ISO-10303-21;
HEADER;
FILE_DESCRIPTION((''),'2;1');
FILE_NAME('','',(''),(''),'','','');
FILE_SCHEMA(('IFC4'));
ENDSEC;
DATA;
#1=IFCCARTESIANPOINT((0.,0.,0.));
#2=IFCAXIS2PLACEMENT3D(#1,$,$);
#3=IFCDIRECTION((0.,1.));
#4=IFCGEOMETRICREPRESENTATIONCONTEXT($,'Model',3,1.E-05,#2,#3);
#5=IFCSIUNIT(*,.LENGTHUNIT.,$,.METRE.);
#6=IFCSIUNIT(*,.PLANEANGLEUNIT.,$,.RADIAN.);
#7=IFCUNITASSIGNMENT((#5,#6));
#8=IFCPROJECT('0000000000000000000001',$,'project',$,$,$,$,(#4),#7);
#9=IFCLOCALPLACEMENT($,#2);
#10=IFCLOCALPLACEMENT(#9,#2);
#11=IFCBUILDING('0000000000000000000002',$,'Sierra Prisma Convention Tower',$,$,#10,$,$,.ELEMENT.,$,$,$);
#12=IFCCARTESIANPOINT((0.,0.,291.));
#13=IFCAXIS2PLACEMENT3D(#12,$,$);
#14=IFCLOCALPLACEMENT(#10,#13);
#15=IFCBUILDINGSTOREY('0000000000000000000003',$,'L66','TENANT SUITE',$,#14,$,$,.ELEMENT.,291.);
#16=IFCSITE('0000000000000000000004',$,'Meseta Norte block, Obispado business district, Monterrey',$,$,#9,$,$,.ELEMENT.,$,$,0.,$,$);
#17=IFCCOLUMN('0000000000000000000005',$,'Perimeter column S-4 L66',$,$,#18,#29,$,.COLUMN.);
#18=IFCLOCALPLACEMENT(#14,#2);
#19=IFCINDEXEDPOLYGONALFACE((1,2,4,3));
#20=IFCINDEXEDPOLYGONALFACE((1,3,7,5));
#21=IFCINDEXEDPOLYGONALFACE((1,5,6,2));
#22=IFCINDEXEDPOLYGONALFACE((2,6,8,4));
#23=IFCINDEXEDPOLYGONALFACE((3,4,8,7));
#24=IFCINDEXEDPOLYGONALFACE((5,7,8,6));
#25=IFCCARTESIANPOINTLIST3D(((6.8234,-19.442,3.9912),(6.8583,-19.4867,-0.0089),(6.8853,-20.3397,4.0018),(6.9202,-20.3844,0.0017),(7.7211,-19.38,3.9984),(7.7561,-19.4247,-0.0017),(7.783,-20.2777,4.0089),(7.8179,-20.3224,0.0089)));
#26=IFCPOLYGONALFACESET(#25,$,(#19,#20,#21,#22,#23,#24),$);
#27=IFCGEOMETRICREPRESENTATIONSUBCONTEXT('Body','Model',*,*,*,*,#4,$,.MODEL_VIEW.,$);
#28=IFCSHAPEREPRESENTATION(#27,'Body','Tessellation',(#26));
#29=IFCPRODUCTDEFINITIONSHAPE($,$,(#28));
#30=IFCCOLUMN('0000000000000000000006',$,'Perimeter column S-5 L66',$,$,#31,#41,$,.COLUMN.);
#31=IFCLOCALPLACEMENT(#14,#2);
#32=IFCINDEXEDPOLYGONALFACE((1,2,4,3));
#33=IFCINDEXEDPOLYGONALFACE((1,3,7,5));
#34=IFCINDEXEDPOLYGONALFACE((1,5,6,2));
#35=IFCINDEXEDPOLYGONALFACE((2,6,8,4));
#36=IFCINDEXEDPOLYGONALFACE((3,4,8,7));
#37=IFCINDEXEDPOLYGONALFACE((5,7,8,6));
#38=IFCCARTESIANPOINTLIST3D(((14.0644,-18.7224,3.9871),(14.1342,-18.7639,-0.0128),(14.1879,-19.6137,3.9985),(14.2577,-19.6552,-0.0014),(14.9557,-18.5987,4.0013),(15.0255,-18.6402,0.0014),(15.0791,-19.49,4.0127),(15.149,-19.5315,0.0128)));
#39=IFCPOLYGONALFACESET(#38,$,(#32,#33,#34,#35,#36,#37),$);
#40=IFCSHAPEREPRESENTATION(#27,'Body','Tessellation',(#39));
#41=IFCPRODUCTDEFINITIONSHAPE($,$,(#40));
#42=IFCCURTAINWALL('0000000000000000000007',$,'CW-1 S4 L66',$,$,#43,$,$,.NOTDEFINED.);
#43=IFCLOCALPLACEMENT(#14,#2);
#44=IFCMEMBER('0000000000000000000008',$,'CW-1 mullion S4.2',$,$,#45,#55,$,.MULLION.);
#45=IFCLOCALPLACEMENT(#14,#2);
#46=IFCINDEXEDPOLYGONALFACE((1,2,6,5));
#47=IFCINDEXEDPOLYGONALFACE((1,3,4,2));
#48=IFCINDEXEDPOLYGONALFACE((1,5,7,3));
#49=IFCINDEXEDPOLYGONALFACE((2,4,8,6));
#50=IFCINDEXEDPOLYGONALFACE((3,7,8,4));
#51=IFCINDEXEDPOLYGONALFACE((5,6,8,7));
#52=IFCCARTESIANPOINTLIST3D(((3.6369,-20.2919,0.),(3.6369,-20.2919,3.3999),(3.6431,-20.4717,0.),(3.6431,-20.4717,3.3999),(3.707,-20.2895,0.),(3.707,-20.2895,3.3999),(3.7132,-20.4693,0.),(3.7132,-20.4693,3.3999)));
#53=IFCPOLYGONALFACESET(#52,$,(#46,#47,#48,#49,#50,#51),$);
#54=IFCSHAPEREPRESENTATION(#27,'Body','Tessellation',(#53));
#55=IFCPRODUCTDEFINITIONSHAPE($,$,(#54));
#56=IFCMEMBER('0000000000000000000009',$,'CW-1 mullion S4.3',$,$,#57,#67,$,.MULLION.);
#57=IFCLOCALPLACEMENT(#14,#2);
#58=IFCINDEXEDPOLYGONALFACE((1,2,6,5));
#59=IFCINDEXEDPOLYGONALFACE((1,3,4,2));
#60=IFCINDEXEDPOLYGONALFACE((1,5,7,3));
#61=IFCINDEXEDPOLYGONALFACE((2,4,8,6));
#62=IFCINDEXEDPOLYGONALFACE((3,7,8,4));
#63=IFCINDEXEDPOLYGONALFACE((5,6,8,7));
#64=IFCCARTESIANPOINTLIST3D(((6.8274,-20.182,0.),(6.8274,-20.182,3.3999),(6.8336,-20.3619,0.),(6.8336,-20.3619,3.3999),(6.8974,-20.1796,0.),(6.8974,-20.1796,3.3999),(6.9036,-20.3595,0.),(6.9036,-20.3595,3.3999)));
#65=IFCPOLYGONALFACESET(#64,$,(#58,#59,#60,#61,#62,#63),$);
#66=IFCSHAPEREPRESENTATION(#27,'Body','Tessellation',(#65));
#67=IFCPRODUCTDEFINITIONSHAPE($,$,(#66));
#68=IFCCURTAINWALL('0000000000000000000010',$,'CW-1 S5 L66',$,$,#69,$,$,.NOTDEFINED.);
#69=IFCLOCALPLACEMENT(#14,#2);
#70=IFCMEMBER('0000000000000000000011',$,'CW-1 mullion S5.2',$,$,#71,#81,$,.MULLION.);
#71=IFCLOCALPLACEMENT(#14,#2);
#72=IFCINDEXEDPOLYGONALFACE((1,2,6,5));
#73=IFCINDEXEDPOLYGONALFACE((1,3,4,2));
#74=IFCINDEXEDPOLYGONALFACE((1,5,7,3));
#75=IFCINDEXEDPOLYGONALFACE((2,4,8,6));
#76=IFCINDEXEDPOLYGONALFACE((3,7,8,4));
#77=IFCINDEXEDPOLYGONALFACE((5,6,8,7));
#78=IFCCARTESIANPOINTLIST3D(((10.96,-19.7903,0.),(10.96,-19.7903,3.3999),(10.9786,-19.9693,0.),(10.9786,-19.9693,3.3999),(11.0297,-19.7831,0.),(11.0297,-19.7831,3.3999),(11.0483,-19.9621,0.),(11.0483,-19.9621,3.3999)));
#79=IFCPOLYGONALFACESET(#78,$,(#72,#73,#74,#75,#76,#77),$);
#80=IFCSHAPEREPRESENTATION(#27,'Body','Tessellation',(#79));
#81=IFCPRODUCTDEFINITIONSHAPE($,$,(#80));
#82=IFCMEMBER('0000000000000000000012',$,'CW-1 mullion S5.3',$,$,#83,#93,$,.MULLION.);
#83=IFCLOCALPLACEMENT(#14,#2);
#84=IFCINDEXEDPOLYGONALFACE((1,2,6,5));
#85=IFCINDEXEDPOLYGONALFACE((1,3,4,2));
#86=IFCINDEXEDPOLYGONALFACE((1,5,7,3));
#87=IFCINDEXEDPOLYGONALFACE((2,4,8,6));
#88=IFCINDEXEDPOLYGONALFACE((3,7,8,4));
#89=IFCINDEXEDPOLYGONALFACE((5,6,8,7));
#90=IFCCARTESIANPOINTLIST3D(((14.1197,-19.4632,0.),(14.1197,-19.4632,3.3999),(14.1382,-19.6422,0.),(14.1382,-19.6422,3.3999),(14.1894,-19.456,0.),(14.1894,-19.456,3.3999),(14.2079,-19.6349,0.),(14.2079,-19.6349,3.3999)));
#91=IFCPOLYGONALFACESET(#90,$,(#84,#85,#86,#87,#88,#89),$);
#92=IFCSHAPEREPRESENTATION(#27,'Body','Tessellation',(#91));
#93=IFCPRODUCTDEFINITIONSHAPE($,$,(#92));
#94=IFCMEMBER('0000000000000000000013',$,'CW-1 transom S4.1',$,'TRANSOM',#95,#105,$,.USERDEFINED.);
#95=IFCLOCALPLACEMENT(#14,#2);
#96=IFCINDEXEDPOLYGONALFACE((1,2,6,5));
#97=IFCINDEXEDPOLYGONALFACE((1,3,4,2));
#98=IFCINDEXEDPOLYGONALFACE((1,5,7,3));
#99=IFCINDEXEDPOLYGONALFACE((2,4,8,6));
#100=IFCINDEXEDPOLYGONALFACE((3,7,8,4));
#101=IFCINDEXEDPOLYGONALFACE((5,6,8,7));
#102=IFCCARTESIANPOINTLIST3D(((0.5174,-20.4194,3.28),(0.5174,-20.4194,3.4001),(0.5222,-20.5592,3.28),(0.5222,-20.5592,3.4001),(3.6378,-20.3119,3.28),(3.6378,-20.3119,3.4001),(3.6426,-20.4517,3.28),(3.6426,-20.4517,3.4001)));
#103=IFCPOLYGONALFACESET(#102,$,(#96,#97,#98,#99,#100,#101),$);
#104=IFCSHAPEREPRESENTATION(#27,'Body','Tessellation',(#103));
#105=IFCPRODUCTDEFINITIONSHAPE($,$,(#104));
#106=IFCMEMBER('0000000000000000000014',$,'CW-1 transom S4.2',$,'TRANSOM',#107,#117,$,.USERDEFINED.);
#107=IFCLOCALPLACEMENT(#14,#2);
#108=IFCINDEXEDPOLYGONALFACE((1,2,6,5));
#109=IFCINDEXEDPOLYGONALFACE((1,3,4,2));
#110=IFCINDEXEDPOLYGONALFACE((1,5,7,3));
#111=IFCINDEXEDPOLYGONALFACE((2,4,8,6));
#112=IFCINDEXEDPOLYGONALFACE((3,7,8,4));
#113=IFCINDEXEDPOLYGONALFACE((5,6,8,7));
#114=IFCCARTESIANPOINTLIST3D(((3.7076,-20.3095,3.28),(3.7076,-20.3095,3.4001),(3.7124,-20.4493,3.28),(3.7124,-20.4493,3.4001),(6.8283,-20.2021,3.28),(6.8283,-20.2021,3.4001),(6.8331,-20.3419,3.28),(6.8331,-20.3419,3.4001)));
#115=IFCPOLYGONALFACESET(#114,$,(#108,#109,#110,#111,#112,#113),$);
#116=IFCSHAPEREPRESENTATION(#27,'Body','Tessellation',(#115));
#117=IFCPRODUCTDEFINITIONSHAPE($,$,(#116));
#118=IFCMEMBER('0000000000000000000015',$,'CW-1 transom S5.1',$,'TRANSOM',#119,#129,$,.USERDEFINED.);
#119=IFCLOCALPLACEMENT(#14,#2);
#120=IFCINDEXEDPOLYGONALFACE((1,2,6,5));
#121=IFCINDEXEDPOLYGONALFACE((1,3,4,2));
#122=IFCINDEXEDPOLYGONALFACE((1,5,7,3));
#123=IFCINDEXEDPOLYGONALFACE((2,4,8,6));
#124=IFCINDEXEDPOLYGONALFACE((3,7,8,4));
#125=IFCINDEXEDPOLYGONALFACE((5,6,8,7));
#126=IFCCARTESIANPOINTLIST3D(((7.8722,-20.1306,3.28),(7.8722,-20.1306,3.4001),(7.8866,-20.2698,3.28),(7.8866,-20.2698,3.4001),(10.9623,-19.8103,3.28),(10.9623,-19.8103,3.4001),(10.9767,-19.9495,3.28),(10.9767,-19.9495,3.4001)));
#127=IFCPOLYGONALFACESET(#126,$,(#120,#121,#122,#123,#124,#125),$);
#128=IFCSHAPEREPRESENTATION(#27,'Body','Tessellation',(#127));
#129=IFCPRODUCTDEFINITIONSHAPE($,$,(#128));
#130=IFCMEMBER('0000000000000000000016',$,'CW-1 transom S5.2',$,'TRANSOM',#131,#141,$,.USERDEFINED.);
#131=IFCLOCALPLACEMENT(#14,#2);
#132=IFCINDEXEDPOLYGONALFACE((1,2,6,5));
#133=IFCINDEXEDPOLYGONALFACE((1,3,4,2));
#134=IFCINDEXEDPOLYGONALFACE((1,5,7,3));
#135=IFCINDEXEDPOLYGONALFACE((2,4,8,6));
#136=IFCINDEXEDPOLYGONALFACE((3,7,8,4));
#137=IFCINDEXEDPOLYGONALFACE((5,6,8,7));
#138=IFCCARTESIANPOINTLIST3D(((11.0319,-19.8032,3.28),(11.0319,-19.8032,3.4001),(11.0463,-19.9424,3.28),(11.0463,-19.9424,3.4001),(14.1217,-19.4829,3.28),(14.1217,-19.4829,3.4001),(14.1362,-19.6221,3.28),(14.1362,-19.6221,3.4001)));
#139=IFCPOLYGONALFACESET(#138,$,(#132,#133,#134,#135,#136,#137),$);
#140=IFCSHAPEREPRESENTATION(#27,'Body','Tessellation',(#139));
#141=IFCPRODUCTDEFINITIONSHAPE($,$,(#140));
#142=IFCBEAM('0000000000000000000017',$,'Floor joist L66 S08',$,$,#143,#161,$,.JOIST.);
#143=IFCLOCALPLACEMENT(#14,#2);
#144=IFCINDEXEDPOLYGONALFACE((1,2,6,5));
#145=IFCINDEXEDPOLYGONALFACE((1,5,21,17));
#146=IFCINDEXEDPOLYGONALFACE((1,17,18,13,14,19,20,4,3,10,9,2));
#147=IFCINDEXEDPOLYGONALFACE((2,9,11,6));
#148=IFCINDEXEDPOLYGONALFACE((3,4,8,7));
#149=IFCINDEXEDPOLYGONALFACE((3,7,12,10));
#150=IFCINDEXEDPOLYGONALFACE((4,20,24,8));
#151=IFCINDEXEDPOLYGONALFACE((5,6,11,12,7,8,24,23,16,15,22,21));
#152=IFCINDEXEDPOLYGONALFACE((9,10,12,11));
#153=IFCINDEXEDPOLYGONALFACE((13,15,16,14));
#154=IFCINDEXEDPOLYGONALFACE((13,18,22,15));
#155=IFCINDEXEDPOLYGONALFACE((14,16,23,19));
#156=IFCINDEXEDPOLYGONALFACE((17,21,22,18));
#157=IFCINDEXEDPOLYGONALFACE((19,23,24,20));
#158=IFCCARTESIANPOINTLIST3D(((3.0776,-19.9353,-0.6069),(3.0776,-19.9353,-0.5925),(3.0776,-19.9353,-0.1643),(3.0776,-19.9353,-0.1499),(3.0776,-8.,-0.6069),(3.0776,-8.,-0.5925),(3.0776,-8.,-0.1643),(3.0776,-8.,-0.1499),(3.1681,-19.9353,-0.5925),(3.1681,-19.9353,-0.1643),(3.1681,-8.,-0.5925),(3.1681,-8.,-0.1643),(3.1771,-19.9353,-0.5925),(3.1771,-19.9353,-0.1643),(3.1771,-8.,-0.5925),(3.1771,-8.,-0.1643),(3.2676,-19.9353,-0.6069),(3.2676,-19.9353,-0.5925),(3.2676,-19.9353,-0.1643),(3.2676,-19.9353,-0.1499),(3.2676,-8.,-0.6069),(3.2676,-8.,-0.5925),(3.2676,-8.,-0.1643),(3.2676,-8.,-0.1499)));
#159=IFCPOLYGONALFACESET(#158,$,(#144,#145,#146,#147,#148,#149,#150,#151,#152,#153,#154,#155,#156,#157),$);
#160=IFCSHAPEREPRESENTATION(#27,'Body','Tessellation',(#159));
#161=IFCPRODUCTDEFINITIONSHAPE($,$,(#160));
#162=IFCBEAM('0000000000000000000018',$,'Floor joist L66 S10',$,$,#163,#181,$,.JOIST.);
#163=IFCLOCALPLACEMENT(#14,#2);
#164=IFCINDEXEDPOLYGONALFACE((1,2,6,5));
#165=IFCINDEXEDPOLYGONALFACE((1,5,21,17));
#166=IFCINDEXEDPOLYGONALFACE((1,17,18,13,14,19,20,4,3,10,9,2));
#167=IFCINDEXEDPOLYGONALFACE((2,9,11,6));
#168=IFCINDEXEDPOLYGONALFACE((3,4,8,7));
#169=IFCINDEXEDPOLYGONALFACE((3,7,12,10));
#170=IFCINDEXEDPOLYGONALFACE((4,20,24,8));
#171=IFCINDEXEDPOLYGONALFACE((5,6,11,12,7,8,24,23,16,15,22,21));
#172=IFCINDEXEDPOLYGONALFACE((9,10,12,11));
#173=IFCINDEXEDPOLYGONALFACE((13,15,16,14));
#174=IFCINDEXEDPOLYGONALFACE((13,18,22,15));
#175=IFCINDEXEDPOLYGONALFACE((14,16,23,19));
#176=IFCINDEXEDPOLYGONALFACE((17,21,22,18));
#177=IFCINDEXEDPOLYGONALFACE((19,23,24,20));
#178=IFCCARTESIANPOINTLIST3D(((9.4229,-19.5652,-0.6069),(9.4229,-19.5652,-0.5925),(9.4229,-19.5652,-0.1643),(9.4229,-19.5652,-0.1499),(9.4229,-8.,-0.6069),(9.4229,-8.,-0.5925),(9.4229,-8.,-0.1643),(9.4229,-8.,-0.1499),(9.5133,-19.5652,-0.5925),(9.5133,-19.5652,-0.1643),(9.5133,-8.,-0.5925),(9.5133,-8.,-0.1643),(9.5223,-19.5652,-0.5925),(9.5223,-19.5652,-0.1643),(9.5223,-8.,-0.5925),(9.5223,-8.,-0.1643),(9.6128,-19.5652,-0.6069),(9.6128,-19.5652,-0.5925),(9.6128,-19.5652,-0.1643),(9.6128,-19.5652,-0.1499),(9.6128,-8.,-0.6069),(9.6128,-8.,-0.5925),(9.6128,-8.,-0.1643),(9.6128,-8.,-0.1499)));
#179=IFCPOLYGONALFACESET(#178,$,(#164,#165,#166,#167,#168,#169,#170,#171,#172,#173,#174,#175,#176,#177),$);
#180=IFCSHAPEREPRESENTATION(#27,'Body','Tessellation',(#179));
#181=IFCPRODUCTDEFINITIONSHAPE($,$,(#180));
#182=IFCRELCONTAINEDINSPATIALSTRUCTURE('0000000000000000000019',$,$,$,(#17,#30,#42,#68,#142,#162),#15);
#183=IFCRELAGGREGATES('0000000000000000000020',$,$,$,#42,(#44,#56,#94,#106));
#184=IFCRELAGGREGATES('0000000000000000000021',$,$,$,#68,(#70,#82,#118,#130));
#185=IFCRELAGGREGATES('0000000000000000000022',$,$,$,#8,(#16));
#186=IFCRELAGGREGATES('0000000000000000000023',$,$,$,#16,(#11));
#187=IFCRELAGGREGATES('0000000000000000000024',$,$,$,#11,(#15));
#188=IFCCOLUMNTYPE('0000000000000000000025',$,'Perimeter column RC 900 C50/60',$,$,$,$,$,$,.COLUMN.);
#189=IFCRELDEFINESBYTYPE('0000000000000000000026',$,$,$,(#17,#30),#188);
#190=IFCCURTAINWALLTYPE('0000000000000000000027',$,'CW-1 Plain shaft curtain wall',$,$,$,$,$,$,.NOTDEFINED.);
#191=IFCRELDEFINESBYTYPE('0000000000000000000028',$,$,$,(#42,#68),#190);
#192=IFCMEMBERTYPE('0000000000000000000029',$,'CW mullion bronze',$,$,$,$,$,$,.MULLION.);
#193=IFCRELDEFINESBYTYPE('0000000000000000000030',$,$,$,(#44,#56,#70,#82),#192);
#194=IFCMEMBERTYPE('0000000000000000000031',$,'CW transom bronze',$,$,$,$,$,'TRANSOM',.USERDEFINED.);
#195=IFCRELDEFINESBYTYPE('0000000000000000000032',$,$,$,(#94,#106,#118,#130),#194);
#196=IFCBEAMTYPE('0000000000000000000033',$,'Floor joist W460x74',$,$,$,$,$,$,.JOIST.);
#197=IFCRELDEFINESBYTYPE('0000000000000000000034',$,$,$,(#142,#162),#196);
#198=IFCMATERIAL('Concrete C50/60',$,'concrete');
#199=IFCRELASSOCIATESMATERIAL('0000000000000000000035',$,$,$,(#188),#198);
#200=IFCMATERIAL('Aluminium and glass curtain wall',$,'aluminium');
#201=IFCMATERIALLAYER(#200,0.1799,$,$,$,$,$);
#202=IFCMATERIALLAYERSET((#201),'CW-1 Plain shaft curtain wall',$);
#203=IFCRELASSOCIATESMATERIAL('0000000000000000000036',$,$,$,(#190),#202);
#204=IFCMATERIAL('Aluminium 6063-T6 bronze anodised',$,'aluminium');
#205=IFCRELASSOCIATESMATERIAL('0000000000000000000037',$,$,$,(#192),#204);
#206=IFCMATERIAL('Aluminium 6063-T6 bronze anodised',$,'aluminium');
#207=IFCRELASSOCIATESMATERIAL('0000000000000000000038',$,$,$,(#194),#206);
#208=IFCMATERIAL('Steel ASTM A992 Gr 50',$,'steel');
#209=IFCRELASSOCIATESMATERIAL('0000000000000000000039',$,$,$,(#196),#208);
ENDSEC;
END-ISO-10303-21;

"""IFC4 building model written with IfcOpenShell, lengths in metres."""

from ifc_helpers import new_model, si_unit, direction, frame, origin, origin_2d, place, context, subcontext, project, spatial, rectangle, i_section, extrude, material, layer, layer_set, material_profile, profile_set, type_object, element, aggregate, save


model = new_model("IFC4")

# Units and contexts
model_context = context("Model", 3, precision=1e-05, world=origin(), true_north=direction((0.0, 1.0)))
body_context = subcontext(model_context, "Body", "Model", "MODEL_VIEW")
ifc_project = project(units=[si_unit("LENGTHUNIT", "METRE"), si_unit("PLANEANGLEUNIT", "RADIAN")], contexts=[model_context])

# Site, building, storey
site_placement = place(None, origin())
site = spatial("IfcSite", under=ifc_project, at=site_placement, Name="Meseta Norte block, Obispado business district, Monterrey", CompositionType="ELEMENT", RefElevation=0.0)
building_placement = place(site_placement, origin())
building = spatial("IfcBuilding", under=site, at=building_placement, Name="Sierra Prisma Convention Tower", CompositionType="ELEMENT")
storey_placement = place(building_placement, frame((0.0, 0.0, 291.0)))
storey = spatial("IfcBuildingStorey", under=building, at=storey_placement, Name="L66", Description="TENANT SUITE", CompositionType="ELEMENT", Elevation=291.0)

# Columns
ifc_material_1 = material(Name="Concrete C50/60", Category="concrete")
ifc_material_profile_1 = material_profile(ifc_material_1, rectangle(XDim=0.8999, YDim=0.8999, at=origin_2d()), Name="Perimeter column RC 900 C50/60")
ifc_profile_set_1 = profile_set([ifc_material_profile_1], Name="Concrete C50/60")
column_type = type_object("IfcColumnType", Name="Perimeter column RC 900 C50/60", PredefinedType="COLUMN", material=ifc_profile_set_1)
column_1_placement = place(storey_placement, frame((7.3381, -19.9045, 0.0), z_axis=(-0.008727, 0.011168, 0.9999), x_axis=(0.997594, 0.068866, 0.007938)))
element("IfcColumn", 1, at=column_1_placement, inside=storey, type_object=column_type, Name="Perimeter column S-4 L66", PredefinedType="COLUMN", context=body_context, shape_type="SweptSolid", body=[
    extrude(rectangle(XDim=0.8999, YDim=0.8999, at=origin_2d()), origin(), (0.0, 0.0, 1.0), 4.0005),
])
column_2_placement = place(storey_placement, frame((14.6416, -19.1477, 0.0), z_axis=(-0.017452, 0.010374, 0.999794), x_axis=(0.99039, 0.137394, 0.015863)))
element("IfcColumn", 2, at=column_2_placement, inside=storey, type_object=column_type, Name="Perimeter column S-5 L66", PredefinedType="COLUMN", context=body_context, shape_type="SweptSolid", body=[
    extrude(rectangle(XDim=0.8999, YDim=0.8999, at=origin_2d()), origin(), (0.0, 0.0, 1.0), 4.0007),
])

# Curtain walls, members
ifc_material_2 = material(Name="Aluminium and glass curtain wall", Category="aluminium")
ifc_layer_1 = layer(ifc_material_2, 0.1799)
ifc_layer_set_1 = layer_set([ifc_layer_1], Name="CW-1 Plain shaft curtain wall")
curtain_wall_type = type_object("IfcCurtainWallType", Name="CW-1 Plain shaft curtain wall", PredefinedType="NOTDEFINED", material=ifc_layer_set_1)
curtain_wall_1_placement = place(storey_placement, origin())
curtain_wall_1 = element("IfcCurtainWall", 3, at=curtain_wall_1_placement, inside=storey, type_object=curtain_wall_type, Name="CW-1 S4 L66", PredefinedType="NOTDEFINED")
ifc_material_3 = material(Name="Aluminium 6063-T6 bronze anodised", Category="aluminium")
ifc_material_profile_2 = material_profile(ifc_material_3, rectangle(XDim=0.1799, YDim=0.0701, at=origin_2d()), Name="ALU MULLION 70x180")
ifc_profile_set_2 = profile_set([ifc_material_profile_2], Name="Aluminium 6063-T6 bronze anodised")
member_type_1 = type_object("IfcMemberType", Name="CW mullion bronze", PredefinedType="MULLION", material=ifc_profile_set_2)
member_1_placement = place(storey_placement, frame((3.675, -20.3806, 0.0), z_axis=(0.0, 0.0, 1.0), x_axis=(-0.034407, 0.999408, 0.0)))
member_1 = element("IfcMember", 4, at=member_1_placement, type_object=member_type_1, Name="CW-1 mullion S4.2", PredefinedType="MULLION", context=body_context, shape_type="SweptSolid", body=[
    extrude(rectangle(XDim=0.1799, YDim=0.0701, at=origin_2d()), origin(), (0.0, 0.0, 1.0), 3.3999),
])
member_2_placement = place(storey_placement, frame((6.8655, -20.2708, 0.0), z_axis=(0.0, 0.0, 1.0), x_axis=(-0.034407, 0.999408, 0.0)))
member_2 = element("IfcMember", 5, at=member_2_placement, type_object=member_type_1, Name="CW-1 mullion S4.3", PredefinedType="MULLION", context=body_context, shape_type="SweptSolid", body=[
    extrude(rectangle(XDim=0.1799, YDim=0.0701, at=origin_2d()), origin(), (0.0, 0.0, 1.0), 3.3999),
])
curtain_wall_2_placement = place(storey_placement, origin())
curtain_wall_2 = element("IfcCurtainWall", 6, at=curtain_wall_2_placement, inside=storey, type_object=curtain_wall_type, Name="CW-1 S5 L66", PredefinedType="NOTDEFINED")
member_3_placement = place(storey_placement, frame((11.0042, -19.8762, 0.0), z_axis=(0.0, 0.0, 1.0), x_axis=(-0.103058, 0.994675, 0.0)))
member_3 = element("IfcMember", 7, at=member_3_placement, type_object=member_type_1, Name="CW-1 mullion S5.2", PredefinedType="MULLION", context=body_context, shape_type="SweptSolid", body=[
    extrude(rectangle(XDim=0.1799, YDim=0.0701, at=origin_2d()), origin(), (0.0, 0.0, 1.0), 3.3999),
])
member_4_placement = place(storey_placement, frame((14.1638, -19.5491, 0.0), z_axis=(0.0, 0.0, 1.0), x_axis=(-0.103058, 0.994675, 0.0)))
member_4 = element("IfcMember", 8, at=member_4_placement, type_object=member_type_1, Name="CW-1 mullion S5.3", PredefinedType="MULLION", context=body_context, shape_type="SweptSolid", body=[
    extrude(rectangle(XDim=0.1799, YDim=0.0701, at=origin_2d()), origin(), (0.0, 0.0, 1.0), 3.3999),
])

# Members
ifc_material_4 = material(Name="Aluminium 6063-T6 bronze anodised", Category="aluminium")
ifc_material_profile_3 = material_profile(ifc_material_4, rectangle(XDim=0.1399, YDim=0.1201, at=origin_2d()), Name="ALU TRANSOM 120x140")
ifc_profile_set_3 = profile_set([ifc_material_profile_3], Name="Aluminium 6063-T6 bronze anodised")
member_type_2 = type_object("IfcMemberType", Name="CW transom bronze", ElementType="TRANSOM", PredefinedType="USERDEFINED", material=ifc_profile_set_3)
member_5_placement = place(storey_placement, frame((0.5198, -20.4893, 3.3401), z_axis=(0.999408, 0.034406, 0.0), x_axis=(-0.034406, 0.999408, 0.0)))
member_5 = element("IfcMember", 9, at=member_5_placement, type_object=member_type_2, Name="CW-1 transom S4.1", ObjectType="TRANSOM", PredefinedType="USERDEFINED", context=body_context, shape_type="SweptSolid", body=[
    extrude(rectangle(XDim=0.1399, YDim=0.1201, at=origin_2d()), origin(), (0.0, 0.0, 1.0), 3.1223),
])
member_6_placement = place(storey_placement, frame((3.71, -20.3794, 3.3401), z_axis=(0.999408, 0.034403, 0.0), x_axis=(-0.034403, 0.999408, 0.0)))
member_6 = element("IfcMember", 10, at=member_6_placement, type_object=member_type_2, Name="CW-1 transom S4.2", ObjectType="TRANSOM", PredefinedType="USERDEFINED", context=body_context, shape_type="SweptSolid", body=[
    extrude(rectangle(XDim=0.1399, YDim=0.1201, at=origin_2d()), origin(), (0.0, 0.0, 1.0), 3.1226),
])
member_7_placement = place(storey_placement, frame((7.8794, -20.2002, 3.3401), z_axis=(0.99467, 0.103106, 0.0), x_axis=(-0.103106, 0.99467, 0.0)))
member_7 = element("IfcMember", 11, at=member_7_placement, type_object=member_type_2, Name="CW-1 transom S5.1", ObjectType="TRANSOM", PredefinedType="USERDEFINED", context=body_context, shape_type="SweptSolid", body=[
    extrude(rectangle(XDim=0.1399, YDim=0.1201, at=origin_2d()), origin(), (0.0, 0.0, 1.0), 3.1067),
])
member_8_placement = place(storey_placement, frame((11.0391, -19.8728, 3.3401), z_axis=(0.99467, 0.103114, 0.0), x_axis=(-0.103114, 0.99467, 0.0)))
member_8 = element("IfcMember", 12, at=member_8_placement, type_object=member_type_2, Name="CW-1 transom S5.2", ObjectType="TRANSOM", PredefinedType="USERDEFINED", context=body_context, shape_type="SweptSolid", body=[
    extrude(rectangle(XDim=0.1399, YDim=0.1201, at=origin_2d()), origin(), (0.0, 0.0, 1.0), 3.1064),
])

# Beams
ifc_material_5 = material(Name="Steel ASTM A992 Gr 50", Category="steel")
ifc_material_profile_4 = material_profile(ifc_material_5, i_section(OverallWidth=0.1899, OverallDepth=0.457, WebThickness=0.009, FlangeThickness=0.0144, at=origin_2d()), Name="W460x74")
ifc_profile_set_4 = profile_set([ifc_material_profile_4], Name="Steel ASTM A992 Gr 50")
beam_type_1 = type_object("IfcBeamType", Name="Floor joist W460x74", PredefinedType="JOIST", material=ifc_profile_set_4)
beam_1_placement = place(storey_placement, frame((3.1726, -19.9353, -0.3784), z_axis=(0.0, 1.0, 0.0), x_axis=(-1.0, 0.0, 0.0)))
element("IfcBeam", 13, at=beam_1_placement, inside=storey, type_object=beam_type_1, Name="Floor joist L66 S08", PredefinedType="JOIST", context=body_context, shape_type="SweptSolid", body=[
    extrude(i_section(OverallWidth=0.1899, OverallDepth=0.457, WebThickness=0.009, FlangeThickness=0.0144, at=origin_2d()), origin(), (0.0, 0.0, 1.0), 11.9353),
])
beam_2_placement = place(storey_placement, frame((9.5178, -19.5652, -0.3784), z_axis=(0.0, 1.0, 0.0), x_axis=(-1.0, 0.0, 0.0)))
element("IfcBeam", 14, at=beam_2_placement, inside=storey, type_object=beam_type_1, Name="Floor joist L66 S10", PredefinedType="JOIST", context=body_context, shape_type="SweptSolid", body=[
    extrude(i_section(OverallWidth=0.1899, OverallDepth=0.457, WebThickness=0.009, FlangeThickness=0.0144, at=origin_2d()), origin(), (0.0, 0.0, 1.0), 11.5652),
])

aggregate(curtain_wall_1, [member_1, member_2, member_5, member_6])
aggregate(curtain_wall_2, [member_3, member_4, member_7, member_8])

save(model, "model.ifc")
